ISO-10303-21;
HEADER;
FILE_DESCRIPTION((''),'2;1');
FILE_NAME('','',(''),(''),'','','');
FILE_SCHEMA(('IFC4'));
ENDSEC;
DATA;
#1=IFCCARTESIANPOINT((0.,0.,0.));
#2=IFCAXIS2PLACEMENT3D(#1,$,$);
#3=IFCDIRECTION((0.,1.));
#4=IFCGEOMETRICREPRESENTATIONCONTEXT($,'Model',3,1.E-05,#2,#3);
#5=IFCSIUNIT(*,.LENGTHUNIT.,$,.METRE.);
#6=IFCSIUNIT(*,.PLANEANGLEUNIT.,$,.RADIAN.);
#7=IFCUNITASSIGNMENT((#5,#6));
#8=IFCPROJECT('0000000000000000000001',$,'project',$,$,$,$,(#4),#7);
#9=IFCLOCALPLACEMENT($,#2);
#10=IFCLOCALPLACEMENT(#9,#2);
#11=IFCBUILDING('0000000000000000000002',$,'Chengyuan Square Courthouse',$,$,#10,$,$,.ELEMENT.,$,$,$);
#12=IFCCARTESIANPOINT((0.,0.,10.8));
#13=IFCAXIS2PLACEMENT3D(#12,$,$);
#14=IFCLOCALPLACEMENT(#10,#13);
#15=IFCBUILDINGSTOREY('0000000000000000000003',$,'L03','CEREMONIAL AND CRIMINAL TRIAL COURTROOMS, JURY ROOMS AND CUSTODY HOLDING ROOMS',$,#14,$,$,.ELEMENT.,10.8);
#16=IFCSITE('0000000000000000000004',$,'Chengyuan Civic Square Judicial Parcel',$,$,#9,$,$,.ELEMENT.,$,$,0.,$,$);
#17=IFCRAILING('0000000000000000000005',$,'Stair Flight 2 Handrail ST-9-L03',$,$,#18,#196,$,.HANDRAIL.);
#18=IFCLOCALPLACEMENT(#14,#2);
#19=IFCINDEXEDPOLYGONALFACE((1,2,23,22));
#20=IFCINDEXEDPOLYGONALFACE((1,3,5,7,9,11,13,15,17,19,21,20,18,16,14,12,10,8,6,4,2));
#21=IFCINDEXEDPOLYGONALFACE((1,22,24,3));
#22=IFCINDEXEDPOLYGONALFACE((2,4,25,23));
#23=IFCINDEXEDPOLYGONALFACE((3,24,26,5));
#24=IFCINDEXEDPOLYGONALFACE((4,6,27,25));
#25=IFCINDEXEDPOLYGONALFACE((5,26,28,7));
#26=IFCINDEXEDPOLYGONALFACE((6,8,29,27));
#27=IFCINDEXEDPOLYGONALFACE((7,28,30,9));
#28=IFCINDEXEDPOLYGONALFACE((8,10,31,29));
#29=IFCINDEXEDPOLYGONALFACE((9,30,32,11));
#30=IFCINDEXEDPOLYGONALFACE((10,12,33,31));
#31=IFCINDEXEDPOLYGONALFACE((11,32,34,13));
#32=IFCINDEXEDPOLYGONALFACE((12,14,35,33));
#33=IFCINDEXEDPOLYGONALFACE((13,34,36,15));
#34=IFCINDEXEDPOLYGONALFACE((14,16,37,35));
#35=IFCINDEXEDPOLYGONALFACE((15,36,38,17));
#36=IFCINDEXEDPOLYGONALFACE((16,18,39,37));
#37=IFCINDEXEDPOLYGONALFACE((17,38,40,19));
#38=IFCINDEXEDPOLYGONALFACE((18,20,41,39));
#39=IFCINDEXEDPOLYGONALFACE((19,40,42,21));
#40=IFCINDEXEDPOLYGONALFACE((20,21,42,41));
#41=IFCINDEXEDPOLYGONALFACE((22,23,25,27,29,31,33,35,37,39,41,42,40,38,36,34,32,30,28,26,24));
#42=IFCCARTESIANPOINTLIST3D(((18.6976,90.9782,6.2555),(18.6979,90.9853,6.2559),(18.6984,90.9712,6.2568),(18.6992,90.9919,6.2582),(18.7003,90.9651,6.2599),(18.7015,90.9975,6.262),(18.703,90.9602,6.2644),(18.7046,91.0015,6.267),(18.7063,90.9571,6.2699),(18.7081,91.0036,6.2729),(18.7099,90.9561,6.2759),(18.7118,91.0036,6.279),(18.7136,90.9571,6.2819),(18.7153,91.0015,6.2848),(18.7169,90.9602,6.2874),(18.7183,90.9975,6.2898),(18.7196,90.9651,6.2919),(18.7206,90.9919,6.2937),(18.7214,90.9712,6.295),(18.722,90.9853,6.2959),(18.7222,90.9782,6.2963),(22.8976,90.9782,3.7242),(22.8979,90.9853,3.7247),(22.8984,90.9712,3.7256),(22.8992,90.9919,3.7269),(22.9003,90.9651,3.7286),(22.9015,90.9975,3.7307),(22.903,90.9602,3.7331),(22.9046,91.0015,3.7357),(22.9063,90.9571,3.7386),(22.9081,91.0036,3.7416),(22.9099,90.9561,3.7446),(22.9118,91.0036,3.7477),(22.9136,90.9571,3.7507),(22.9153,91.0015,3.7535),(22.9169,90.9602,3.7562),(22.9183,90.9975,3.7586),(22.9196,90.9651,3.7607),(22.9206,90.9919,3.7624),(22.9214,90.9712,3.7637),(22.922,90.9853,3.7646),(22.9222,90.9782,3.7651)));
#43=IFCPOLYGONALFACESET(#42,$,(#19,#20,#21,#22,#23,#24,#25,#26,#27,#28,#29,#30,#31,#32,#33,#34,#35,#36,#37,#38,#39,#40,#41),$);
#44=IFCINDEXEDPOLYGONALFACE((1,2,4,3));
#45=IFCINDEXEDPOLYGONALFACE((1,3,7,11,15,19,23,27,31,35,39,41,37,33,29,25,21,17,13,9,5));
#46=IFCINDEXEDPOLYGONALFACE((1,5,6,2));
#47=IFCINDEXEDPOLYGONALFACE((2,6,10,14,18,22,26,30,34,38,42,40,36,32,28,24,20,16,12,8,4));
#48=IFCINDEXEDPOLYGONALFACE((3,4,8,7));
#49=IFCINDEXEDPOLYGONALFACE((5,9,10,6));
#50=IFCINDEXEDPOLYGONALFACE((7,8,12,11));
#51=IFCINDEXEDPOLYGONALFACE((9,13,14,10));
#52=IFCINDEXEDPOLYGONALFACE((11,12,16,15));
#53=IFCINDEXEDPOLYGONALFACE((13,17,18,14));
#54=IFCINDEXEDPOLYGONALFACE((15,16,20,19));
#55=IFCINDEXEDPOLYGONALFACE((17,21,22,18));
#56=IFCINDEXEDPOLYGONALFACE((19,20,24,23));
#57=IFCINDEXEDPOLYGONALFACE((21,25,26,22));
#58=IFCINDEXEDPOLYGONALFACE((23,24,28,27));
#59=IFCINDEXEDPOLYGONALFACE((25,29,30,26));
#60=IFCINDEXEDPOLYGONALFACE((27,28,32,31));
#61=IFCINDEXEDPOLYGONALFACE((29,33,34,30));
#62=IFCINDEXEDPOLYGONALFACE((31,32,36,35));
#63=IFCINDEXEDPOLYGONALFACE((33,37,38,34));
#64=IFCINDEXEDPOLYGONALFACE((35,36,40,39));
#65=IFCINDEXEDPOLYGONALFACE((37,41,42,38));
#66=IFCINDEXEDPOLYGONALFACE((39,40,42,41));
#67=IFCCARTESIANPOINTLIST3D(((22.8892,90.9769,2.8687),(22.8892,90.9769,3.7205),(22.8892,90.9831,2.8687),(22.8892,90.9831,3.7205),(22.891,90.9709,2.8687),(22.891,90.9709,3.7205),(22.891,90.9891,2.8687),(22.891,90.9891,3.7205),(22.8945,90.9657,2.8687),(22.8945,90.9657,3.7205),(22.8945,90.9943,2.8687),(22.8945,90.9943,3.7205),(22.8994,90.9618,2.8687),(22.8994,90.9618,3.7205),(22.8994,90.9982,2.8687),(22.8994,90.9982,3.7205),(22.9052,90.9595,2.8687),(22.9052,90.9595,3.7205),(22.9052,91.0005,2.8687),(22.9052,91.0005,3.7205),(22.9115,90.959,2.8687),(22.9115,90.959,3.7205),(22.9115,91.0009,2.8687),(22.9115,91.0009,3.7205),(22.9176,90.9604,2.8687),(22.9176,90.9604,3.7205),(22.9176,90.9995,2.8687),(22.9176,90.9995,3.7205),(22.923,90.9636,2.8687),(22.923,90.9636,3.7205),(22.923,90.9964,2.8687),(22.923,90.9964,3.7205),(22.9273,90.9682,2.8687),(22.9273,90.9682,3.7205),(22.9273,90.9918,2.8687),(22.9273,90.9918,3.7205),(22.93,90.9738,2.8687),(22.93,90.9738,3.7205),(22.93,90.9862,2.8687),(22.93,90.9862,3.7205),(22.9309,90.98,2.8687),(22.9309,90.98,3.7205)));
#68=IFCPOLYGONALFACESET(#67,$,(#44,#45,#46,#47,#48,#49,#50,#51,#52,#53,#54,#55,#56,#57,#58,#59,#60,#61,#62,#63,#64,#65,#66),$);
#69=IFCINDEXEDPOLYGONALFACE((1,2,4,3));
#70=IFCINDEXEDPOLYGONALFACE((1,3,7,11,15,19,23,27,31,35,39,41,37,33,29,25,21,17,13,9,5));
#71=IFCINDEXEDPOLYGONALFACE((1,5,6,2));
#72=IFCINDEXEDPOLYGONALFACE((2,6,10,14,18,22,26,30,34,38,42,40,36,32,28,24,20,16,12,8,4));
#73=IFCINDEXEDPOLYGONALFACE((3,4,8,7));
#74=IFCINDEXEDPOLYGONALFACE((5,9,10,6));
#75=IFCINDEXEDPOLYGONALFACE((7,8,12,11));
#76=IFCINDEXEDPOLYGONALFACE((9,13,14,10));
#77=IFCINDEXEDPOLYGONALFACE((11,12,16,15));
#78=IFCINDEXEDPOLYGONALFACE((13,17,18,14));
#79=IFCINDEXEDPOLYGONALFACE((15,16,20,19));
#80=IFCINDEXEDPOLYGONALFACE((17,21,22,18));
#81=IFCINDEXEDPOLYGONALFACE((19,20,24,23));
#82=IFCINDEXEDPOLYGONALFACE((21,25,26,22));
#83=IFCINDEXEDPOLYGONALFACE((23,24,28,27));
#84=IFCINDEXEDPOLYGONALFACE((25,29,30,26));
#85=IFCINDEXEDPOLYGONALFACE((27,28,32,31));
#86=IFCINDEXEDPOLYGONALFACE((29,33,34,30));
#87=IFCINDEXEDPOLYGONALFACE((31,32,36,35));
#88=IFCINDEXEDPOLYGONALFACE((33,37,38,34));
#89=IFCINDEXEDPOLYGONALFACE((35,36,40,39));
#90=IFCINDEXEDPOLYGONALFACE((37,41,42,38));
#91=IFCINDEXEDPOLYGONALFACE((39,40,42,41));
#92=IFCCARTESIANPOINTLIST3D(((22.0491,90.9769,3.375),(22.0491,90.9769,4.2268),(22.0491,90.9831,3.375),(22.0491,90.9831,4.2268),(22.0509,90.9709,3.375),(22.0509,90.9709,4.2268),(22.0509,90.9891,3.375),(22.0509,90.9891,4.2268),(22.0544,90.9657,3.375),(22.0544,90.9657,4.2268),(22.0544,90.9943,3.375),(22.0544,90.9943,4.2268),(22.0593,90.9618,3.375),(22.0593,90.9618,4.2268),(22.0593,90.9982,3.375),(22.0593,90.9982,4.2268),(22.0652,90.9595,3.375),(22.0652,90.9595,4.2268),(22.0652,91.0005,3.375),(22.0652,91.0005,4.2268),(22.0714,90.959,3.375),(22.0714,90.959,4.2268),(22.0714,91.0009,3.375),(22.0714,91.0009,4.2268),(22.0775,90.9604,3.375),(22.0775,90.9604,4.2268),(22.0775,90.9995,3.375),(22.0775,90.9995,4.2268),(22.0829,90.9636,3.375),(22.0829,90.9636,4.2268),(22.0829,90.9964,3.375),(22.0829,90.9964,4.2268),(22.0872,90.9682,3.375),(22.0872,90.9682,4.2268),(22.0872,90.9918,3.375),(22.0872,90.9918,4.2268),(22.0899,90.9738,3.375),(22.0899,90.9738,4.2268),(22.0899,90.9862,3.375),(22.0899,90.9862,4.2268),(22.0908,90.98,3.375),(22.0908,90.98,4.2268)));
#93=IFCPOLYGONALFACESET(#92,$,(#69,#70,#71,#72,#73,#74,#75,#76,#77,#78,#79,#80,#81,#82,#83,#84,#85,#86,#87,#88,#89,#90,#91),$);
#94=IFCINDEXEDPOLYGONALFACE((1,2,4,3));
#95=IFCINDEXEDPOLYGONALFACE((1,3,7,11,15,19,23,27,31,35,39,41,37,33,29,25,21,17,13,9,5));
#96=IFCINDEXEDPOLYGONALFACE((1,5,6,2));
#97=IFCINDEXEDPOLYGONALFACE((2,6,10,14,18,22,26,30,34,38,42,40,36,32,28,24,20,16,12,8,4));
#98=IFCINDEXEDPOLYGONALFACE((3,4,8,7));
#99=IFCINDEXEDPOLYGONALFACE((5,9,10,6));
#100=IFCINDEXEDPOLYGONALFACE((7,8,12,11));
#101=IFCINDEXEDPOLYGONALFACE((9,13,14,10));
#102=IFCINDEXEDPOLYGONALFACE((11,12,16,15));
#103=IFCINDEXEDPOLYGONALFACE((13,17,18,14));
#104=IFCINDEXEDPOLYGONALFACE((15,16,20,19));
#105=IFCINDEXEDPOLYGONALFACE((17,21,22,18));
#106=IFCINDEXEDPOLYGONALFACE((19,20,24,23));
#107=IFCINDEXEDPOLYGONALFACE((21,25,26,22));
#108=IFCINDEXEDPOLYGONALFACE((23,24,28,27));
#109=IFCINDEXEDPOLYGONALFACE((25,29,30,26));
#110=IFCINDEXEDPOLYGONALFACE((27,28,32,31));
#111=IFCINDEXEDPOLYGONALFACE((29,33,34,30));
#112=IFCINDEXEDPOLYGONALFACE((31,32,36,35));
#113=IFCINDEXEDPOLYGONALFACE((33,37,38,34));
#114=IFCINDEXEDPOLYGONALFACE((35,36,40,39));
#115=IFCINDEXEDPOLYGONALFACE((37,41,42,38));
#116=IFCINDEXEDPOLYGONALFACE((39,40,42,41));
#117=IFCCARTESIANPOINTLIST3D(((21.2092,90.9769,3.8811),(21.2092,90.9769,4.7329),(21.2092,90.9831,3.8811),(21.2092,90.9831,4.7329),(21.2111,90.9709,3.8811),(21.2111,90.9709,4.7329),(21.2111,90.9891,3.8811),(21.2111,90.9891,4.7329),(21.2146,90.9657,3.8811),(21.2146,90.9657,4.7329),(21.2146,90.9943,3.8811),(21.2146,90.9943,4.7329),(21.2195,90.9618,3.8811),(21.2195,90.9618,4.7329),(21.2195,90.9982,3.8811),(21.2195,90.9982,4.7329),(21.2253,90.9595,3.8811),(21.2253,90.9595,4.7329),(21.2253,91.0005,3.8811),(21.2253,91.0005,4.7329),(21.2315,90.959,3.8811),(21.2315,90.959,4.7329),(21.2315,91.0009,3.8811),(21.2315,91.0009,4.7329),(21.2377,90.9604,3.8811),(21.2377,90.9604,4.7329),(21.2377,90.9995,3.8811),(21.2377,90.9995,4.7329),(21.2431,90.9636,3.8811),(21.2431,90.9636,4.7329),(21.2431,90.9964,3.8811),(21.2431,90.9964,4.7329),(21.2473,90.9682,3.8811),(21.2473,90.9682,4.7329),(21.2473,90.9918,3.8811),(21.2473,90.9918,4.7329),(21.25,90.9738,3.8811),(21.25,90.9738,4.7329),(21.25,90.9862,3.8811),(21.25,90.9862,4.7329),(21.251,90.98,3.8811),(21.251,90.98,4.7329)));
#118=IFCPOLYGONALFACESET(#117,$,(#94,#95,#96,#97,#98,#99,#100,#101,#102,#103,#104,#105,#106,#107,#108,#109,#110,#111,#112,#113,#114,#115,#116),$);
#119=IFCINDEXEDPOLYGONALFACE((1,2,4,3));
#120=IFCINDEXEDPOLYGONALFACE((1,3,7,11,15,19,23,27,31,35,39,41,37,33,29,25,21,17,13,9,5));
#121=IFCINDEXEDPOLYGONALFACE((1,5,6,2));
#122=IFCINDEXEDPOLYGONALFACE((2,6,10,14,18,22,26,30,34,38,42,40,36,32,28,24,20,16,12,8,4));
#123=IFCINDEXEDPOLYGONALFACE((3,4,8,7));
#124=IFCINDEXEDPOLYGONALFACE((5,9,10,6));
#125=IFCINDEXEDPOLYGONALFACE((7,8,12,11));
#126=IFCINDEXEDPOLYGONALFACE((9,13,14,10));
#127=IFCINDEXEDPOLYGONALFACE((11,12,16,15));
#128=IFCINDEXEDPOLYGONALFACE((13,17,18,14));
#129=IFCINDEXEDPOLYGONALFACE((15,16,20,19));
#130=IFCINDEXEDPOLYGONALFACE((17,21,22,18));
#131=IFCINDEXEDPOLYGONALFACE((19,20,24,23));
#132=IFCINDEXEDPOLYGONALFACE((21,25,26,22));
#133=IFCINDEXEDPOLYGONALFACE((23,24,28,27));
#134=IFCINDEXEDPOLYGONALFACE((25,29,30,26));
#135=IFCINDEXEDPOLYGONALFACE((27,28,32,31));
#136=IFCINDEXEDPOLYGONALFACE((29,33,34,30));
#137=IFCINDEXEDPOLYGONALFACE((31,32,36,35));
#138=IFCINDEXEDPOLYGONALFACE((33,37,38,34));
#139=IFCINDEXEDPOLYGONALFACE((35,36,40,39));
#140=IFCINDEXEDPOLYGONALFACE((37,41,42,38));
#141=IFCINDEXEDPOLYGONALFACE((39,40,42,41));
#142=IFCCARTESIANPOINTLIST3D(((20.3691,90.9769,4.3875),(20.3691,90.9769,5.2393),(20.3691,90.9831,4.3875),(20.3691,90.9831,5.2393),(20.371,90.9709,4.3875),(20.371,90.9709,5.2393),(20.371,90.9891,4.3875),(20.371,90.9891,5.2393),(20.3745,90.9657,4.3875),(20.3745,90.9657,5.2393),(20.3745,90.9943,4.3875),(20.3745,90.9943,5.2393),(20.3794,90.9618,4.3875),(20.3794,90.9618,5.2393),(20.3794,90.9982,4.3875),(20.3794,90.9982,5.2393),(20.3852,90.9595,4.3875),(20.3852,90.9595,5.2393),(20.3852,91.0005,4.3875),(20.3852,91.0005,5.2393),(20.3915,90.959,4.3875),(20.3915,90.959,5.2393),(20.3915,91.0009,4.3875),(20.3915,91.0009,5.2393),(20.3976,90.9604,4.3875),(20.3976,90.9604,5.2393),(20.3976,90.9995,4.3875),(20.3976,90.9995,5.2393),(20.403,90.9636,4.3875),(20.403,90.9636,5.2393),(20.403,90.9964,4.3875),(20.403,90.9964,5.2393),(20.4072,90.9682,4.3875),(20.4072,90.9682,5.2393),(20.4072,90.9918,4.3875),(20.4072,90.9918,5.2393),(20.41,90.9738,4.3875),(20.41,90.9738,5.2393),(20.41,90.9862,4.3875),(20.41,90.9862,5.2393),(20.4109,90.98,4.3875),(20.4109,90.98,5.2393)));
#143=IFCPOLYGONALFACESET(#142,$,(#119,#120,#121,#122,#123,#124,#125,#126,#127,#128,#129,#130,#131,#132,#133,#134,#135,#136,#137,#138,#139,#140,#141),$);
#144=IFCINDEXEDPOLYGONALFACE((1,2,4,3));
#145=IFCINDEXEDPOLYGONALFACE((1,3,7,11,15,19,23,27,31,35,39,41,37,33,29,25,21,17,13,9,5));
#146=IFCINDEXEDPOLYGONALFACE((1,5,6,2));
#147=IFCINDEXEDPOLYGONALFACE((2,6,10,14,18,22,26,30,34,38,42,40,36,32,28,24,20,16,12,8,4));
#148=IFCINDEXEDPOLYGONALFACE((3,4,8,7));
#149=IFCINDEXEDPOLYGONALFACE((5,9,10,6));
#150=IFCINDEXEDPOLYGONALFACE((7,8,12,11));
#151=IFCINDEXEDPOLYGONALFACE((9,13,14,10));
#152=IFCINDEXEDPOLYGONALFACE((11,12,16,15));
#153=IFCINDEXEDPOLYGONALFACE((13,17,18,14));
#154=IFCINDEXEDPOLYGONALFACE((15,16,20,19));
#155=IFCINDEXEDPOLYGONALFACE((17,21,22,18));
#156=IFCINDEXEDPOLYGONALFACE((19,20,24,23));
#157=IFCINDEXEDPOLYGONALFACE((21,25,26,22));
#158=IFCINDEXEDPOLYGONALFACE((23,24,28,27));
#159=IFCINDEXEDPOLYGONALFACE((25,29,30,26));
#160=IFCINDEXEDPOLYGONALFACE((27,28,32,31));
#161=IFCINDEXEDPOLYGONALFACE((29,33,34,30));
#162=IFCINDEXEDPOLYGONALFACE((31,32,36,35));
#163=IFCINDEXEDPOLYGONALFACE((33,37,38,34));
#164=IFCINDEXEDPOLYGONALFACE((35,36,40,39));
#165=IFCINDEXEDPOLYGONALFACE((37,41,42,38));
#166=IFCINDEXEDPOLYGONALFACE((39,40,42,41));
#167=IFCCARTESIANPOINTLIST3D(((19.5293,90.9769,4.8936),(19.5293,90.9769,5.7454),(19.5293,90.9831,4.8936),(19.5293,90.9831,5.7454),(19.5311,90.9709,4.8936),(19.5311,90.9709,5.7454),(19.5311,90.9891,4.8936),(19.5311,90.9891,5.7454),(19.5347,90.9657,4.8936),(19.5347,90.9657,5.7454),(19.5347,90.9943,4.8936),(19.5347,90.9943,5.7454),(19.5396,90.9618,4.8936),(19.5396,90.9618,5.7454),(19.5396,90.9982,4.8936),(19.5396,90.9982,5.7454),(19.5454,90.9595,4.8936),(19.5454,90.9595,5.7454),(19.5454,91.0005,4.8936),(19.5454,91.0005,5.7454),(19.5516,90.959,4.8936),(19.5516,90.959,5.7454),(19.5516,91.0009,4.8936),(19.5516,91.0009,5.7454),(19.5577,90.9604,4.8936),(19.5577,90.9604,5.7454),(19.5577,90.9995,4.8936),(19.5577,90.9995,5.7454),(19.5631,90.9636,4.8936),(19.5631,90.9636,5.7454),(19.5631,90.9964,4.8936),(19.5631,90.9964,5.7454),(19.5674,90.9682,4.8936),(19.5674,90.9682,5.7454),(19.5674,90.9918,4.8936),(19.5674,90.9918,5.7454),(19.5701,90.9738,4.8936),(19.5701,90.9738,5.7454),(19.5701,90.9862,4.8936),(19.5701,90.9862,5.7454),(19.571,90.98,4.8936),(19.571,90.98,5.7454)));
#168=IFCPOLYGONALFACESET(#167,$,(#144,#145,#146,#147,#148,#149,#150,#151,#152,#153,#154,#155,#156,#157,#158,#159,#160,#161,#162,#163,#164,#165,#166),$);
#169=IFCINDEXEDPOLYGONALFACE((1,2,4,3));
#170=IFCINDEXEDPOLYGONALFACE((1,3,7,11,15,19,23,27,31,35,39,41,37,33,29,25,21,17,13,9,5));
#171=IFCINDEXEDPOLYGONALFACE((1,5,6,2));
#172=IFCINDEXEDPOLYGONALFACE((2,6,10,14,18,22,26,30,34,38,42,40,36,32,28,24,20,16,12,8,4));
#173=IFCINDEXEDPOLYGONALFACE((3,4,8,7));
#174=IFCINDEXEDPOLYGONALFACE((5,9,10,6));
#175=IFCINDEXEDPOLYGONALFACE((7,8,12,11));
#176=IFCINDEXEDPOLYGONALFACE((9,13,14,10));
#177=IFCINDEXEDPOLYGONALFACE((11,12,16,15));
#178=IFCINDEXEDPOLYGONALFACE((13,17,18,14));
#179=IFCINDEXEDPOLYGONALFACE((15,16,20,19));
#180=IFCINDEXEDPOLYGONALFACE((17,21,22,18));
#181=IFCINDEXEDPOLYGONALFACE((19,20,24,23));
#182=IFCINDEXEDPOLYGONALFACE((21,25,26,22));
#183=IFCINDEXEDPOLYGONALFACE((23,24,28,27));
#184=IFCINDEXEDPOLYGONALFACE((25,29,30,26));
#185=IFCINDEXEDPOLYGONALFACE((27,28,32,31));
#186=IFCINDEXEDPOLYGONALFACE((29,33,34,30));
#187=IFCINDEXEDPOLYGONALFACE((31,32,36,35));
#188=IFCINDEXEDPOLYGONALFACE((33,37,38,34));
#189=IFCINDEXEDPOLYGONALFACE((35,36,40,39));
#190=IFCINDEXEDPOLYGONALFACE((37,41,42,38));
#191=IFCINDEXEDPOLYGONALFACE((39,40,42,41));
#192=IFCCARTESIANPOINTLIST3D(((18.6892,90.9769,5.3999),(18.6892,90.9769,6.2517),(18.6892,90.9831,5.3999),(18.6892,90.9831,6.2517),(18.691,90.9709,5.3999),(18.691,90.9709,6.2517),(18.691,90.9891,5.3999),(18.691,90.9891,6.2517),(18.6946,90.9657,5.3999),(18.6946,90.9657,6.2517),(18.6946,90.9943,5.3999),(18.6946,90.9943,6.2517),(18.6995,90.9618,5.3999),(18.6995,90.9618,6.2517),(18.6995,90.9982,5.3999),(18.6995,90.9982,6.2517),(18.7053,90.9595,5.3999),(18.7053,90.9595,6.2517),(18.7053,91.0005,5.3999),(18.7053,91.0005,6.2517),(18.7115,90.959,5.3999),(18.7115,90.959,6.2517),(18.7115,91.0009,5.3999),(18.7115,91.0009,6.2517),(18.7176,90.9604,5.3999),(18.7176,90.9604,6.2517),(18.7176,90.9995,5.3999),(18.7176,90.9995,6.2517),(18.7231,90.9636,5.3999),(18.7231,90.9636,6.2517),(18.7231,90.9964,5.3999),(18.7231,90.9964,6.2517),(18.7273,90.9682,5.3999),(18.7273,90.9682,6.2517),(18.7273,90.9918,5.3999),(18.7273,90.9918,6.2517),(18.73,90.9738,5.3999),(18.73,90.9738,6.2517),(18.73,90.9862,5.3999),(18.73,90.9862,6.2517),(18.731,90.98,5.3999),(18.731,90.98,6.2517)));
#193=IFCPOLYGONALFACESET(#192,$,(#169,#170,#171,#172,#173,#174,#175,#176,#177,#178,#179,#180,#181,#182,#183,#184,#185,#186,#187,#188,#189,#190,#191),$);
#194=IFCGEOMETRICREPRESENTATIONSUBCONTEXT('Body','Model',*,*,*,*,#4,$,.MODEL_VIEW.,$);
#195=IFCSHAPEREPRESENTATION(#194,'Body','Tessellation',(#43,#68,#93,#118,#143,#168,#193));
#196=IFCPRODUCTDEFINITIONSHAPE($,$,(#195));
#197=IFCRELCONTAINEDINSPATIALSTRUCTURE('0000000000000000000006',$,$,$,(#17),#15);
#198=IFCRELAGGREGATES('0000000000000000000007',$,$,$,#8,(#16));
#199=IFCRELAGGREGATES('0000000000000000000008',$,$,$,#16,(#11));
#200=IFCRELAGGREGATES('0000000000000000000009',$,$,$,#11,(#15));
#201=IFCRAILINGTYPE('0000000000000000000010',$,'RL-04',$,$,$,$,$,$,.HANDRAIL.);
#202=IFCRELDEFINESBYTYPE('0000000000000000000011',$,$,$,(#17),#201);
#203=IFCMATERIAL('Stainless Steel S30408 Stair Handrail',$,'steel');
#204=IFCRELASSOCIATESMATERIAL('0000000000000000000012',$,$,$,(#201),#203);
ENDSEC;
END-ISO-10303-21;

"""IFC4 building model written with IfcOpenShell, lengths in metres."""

from ifc_helpers import new_model, si_unit, direction, frame, origin, origin_2d, place, context, subcontext, project, spatial, circle, extrude, material, type_object, element, save


model = new_model("IFC4")

# Units and contexts
model_context = context("Model", 3, precision=1e-05, world=origin(), true_north=direction((0.0, 1.0)))
body_context = subcontext(model_context, "Body", "Model", "MODEL_VIEW")
ifc_project = project(units=[si_unit("LENGTHUNIT", "METRE"), si_unit("PLANEANGLEUNIT", "RADIAN")], contexts=[model_context])

# Site, building, storey
site_placement = place(None, origin())
site = spatial("IfcSite", under=ifc_project, at=site_placement, Name="Chengyuan Civic Square Judicial Parcel", CompositionType="ELEMENT", RefElevation=0.0)
building_placement = place(site_placement, origin())
building = spatial("IfcBuilding", under=site, at=building_placement, Name="Chengyuan Square Courthouse", CompositionType="ELEMENT")
storey_placement = place(building_placement, frame((0.0, 0.0, 10.8)))
storey = spatial("IfcBuildingStorey", under=building, at=storey_placement, Name="L03", Description="CEREMONIAL AND CRIMINAL TRIAL COURTROOMS, JURY ROOMS AND CUSTODY HOLDING ROOMS", CompositionType="ELEMENT", Elevation=10.8)

# Railing
ifc_material_1 = material(Name="Stainless Steel S30408 Stair Handrail", Category="steel")
railing_type_1 = type_object("IfcRailingType", Name="RL-04", PredefinedType="HANDRAIL", material=ifc_material_1)
railing_1_placement = place(storey_placement, frame((22.9099, 90.98, 2.8687)))
element("IfcRailing", 1, at=railing_1_placement, inside=storey, type_object=railing_type_1, Name="Stair Flight 2 Handrail ST-9-L03", PredefinedType="HANDRAIL", context=body_context, shape_type="SweptSolid", body=[
    extrude(circle(Radius=0.0239, at=origin_2d()), frame((0.0, 0.0, 0.876), z_axis=(-0.856476, 0.0, 0.516186), x_axis=(0.0, -1.0, 0.0)), (0.0, 0.0, 1.0), 4.9038),
    extrude(circle(Radius=0.021, at=origin_2d()), origin(), (0.0, 0.0, 1.0), 0.8518),
    extrude(circle(Radius=0.021, at=origin_2d()), frame((-0.8401, 0.0, 0.5063)), (0.0, 0.0, 1.0), 0.8518),
    extrude(circle(Radius=0.021, at=origin_2d()), frame((-1.6799, 0.0, 1.0125)), (0.0, 0.0, 1.0), 0.8518),
    extrude(circle(Radius=0.021, at=origin_2d()), frame((-2.52, 0.0, 1.5188)), (0.0, 0.0, 1.0), 0.8518),
    extrude(circle(Radius=0.021, at=origin_2d()), frame((-3.3599, 0.0, 2.0249)), (0.0, 0.0, 1.0), 0.8518),
    extrude(circle(Radius=0.021, at=origin_2d()), frame((-4.2, 0.0, 2.5312)), (0.0, 0.0, 1.0), 0.8518),
])

save(model, "model.ifc")
